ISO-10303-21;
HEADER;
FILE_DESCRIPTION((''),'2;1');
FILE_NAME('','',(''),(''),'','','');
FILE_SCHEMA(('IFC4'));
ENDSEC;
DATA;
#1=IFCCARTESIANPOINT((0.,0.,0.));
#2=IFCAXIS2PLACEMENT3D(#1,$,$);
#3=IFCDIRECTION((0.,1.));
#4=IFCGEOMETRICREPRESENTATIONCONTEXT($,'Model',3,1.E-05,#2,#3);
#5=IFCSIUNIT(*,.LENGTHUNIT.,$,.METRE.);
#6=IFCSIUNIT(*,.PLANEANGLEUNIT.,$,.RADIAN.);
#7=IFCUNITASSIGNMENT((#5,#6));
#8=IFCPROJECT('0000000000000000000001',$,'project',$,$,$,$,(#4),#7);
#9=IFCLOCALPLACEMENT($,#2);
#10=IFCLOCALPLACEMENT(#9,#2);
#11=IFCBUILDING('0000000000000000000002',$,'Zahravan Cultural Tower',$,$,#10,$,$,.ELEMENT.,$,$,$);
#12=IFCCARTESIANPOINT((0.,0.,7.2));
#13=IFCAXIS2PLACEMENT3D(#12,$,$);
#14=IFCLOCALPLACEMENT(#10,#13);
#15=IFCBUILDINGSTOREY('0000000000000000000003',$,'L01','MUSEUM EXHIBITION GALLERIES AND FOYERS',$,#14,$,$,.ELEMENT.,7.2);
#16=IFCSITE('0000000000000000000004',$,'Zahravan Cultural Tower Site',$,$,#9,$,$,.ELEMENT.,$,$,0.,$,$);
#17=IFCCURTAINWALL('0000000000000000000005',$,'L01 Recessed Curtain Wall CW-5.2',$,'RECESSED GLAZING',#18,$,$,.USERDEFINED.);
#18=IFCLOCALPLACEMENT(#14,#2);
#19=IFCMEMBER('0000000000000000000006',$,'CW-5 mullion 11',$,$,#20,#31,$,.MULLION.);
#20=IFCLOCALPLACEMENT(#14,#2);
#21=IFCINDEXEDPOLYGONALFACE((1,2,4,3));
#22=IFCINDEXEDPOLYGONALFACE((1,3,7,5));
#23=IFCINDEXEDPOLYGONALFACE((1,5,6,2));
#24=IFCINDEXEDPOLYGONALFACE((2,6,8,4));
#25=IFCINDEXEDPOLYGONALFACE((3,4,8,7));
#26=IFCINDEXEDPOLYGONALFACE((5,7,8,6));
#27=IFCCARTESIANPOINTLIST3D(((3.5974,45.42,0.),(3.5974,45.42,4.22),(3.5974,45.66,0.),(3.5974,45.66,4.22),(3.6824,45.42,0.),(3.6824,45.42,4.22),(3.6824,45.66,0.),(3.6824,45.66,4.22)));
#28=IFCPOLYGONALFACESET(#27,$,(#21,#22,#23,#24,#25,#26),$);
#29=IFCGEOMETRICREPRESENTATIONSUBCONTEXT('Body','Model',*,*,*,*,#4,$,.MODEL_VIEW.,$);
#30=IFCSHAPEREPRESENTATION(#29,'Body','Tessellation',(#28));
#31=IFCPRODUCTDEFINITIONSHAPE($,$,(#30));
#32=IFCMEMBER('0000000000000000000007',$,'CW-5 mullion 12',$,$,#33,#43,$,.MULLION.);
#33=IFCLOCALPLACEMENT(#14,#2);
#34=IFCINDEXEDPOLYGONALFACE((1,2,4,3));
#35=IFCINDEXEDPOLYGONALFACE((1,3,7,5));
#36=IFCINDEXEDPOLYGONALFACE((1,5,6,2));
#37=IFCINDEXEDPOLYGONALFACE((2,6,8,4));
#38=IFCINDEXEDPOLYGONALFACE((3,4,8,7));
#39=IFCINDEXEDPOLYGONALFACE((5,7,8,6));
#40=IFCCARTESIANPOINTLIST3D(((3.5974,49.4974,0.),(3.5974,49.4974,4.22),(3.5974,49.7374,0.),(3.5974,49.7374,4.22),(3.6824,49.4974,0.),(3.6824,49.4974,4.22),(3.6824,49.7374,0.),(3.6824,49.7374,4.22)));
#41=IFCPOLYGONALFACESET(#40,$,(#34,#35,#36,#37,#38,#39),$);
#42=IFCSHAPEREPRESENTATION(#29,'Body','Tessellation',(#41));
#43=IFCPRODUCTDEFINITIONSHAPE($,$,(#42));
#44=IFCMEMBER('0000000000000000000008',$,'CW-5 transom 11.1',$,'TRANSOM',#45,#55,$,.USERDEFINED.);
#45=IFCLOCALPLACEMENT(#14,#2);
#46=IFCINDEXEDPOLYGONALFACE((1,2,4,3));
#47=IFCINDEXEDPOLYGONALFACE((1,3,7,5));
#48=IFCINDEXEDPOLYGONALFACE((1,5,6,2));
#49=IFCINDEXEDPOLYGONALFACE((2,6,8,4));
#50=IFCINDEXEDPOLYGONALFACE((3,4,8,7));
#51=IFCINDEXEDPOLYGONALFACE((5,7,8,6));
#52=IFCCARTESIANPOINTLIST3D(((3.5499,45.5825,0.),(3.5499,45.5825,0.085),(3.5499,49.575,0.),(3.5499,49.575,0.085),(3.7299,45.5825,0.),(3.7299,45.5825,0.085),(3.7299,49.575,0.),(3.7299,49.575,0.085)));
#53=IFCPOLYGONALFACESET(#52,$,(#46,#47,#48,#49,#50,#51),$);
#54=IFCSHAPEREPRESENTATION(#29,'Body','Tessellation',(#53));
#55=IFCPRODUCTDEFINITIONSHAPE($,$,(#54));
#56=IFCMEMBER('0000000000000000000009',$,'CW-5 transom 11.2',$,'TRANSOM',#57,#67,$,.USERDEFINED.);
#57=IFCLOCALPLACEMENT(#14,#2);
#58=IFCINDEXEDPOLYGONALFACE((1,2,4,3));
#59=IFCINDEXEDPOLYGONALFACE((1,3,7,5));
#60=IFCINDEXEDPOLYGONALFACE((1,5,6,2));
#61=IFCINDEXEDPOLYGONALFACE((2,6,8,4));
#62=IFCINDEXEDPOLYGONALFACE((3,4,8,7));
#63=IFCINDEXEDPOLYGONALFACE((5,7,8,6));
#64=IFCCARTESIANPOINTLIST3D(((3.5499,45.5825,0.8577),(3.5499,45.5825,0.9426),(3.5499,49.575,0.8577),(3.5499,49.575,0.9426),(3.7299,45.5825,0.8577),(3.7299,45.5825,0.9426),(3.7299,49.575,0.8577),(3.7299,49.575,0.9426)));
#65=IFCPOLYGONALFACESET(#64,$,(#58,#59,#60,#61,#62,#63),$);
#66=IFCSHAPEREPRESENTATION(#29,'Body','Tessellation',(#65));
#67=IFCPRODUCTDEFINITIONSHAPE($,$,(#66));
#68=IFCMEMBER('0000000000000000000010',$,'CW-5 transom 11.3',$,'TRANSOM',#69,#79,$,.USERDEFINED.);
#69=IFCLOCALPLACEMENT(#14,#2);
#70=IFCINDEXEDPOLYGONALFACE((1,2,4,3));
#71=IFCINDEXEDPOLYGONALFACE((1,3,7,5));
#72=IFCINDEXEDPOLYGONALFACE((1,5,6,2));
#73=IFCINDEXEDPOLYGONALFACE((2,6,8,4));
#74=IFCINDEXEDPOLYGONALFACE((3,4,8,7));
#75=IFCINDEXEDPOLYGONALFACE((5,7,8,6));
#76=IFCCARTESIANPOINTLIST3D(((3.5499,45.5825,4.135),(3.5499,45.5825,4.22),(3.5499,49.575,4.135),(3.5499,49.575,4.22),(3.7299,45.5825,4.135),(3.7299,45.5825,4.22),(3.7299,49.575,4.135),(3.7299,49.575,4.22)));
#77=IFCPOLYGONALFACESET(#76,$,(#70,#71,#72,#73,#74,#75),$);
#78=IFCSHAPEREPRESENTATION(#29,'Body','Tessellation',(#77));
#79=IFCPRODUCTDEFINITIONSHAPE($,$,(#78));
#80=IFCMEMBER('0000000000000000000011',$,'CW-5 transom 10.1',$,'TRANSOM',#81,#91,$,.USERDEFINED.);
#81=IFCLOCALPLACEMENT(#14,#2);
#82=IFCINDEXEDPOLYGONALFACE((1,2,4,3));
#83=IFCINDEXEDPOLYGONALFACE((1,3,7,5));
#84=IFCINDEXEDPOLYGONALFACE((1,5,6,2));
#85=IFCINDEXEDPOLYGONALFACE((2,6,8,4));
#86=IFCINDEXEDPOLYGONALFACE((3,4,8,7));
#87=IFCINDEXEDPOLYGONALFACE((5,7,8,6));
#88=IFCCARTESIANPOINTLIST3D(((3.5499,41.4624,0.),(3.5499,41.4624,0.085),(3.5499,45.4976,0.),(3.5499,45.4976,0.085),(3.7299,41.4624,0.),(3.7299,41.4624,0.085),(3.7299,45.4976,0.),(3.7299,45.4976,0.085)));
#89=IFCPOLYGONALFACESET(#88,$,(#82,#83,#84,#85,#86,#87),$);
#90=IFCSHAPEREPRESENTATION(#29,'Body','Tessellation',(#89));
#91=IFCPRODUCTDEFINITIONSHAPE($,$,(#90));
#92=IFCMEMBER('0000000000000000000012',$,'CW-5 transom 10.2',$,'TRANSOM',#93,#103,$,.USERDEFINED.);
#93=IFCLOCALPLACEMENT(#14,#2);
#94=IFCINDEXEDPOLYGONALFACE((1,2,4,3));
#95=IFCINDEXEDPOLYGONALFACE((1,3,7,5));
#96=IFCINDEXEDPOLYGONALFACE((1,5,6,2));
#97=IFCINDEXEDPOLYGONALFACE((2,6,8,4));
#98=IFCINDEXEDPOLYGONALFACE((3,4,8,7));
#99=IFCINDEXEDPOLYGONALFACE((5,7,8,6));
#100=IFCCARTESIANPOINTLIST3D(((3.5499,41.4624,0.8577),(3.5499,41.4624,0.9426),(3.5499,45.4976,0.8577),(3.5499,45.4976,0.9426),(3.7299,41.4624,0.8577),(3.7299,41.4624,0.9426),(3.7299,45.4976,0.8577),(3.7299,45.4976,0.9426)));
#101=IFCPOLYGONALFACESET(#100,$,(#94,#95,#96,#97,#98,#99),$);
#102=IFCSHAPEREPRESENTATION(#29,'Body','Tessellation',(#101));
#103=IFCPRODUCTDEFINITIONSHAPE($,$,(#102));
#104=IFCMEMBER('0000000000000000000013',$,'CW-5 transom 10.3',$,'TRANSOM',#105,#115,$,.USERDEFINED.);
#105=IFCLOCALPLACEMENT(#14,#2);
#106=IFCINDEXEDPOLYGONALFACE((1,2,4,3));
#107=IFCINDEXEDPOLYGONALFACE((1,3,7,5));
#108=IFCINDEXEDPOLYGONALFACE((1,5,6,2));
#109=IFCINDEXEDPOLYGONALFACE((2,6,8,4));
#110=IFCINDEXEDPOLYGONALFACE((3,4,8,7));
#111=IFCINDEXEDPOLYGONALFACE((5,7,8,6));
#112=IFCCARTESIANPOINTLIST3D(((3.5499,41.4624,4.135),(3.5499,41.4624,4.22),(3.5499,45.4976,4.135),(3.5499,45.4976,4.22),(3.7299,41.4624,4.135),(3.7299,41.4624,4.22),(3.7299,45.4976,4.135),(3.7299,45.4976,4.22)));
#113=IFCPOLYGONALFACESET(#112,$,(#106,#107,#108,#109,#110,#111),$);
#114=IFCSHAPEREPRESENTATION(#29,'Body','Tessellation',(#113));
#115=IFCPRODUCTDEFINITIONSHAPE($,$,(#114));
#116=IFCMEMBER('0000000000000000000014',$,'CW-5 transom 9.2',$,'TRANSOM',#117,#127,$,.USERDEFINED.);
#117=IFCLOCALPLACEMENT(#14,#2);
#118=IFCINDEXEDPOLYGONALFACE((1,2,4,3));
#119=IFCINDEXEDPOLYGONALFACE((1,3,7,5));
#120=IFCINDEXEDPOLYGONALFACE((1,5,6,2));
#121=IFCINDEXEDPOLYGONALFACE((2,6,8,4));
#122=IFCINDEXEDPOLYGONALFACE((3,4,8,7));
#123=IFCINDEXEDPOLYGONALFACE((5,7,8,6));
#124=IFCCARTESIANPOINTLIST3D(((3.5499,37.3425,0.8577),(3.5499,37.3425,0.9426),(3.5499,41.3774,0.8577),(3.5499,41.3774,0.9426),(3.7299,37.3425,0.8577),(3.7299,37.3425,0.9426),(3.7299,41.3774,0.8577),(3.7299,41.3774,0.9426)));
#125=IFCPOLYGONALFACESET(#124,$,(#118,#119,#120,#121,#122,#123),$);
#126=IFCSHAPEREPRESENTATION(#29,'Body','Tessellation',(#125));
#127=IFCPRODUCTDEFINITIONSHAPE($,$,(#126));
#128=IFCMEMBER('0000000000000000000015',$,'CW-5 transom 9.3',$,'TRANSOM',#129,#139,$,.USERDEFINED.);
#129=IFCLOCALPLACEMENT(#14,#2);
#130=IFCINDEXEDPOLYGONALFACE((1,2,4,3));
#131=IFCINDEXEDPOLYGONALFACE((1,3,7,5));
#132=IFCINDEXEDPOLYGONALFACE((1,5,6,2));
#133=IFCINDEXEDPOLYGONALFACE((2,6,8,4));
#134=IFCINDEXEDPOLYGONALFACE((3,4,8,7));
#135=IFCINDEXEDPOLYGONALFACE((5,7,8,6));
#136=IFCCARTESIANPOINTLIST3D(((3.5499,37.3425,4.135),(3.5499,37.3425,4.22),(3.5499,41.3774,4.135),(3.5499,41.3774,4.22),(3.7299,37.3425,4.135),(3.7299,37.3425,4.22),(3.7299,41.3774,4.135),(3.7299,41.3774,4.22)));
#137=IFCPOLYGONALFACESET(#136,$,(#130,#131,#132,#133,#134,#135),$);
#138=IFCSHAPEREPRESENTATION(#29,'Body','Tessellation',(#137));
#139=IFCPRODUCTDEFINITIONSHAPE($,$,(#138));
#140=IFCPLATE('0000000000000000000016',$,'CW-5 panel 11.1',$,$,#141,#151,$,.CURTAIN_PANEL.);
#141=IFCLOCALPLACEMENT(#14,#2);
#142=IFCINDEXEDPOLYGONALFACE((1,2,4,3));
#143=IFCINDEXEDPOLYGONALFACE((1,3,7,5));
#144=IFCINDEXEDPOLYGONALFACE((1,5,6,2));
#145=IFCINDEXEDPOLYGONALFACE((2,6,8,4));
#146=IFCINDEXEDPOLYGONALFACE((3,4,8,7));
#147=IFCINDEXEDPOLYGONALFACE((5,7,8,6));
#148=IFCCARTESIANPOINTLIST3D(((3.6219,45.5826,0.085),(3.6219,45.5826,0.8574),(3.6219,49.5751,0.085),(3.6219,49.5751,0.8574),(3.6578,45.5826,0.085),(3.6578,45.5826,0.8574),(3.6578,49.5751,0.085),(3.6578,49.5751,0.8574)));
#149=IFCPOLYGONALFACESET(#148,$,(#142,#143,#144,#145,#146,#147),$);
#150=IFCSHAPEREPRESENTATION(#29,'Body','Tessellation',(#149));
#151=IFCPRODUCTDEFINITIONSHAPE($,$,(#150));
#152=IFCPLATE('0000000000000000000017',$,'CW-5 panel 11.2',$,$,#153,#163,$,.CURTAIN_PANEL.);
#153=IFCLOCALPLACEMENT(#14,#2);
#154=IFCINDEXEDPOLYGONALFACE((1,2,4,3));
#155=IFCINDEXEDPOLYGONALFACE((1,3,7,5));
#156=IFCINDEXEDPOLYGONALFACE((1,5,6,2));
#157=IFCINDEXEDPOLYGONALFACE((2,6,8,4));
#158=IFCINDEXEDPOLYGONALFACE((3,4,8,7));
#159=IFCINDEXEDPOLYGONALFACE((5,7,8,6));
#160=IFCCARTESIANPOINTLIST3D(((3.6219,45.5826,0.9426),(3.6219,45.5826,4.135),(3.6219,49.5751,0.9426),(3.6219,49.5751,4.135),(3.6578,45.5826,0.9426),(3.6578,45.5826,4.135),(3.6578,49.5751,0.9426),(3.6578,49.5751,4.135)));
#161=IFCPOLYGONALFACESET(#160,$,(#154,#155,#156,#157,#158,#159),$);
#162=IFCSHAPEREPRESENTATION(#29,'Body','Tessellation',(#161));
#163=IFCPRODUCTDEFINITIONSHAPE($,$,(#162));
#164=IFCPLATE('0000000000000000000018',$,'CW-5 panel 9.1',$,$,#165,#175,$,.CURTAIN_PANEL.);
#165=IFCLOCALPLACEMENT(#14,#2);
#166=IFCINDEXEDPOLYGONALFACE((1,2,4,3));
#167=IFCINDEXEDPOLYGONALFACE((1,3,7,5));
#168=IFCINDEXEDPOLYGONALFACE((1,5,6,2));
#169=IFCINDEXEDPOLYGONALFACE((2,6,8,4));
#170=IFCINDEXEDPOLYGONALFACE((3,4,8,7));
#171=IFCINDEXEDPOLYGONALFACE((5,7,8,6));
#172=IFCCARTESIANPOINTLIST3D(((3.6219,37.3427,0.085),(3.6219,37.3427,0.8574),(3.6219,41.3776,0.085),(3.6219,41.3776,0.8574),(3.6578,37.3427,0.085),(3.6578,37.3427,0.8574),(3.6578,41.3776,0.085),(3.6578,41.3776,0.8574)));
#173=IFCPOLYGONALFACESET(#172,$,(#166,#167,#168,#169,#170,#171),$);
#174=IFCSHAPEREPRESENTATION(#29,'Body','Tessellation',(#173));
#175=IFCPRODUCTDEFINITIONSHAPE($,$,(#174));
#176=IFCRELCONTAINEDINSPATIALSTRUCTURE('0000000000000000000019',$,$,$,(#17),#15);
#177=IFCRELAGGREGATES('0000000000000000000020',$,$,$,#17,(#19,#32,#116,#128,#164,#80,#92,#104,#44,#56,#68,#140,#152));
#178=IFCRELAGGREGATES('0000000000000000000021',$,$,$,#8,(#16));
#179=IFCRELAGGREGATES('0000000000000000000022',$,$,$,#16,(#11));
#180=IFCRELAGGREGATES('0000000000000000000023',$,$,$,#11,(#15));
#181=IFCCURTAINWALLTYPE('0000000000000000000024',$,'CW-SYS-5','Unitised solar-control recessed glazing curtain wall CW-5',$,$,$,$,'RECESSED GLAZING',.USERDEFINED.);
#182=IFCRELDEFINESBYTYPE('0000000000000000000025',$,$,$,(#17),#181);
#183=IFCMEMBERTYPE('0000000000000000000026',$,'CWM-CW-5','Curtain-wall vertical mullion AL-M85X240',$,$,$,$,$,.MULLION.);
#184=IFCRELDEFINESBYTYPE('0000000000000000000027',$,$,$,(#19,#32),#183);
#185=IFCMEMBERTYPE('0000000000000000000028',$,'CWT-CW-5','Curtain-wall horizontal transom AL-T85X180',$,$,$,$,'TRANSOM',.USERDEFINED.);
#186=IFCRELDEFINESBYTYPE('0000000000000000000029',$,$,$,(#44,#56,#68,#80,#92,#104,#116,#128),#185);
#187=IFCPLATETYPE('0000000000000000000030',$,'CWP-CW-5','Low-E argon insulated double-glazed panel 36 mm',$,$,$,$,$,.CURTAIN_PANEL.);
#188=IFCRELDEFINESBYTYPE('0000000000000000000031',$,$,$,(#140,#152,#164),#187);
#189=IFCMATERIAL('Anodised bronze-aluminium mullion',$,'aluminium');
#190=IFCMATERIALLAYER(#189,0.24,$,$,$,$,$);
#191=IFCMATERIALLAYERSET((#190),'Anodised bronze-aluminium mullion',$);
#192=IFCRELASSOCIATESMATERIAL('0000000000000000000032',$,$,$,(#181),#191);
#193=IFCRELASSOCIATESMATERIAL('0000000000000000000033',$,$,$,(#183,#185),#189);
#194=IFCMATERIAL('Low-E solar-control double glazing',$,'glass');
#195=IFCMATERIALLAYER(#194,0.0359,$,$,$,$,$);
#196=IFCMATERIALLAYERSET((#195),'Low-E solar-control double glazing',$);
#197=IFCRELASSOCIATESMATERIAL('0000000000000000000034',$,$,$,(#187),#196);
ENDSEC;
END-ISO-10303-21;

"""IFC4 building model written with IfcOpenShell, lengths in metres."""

from ifc_helpers import new_model, si_unit, direction, frame, origin, origin_2d, place, context, subcontext, project, spatial, rectangle, extrude, source, transform, mapped, material, layer, layer_set, material_profile, profile_set, type_object, element, aggregate, save


model = new_model("IFC4")

# Units and contexts
model_context = context("Model", 3, precision=1e-05, world=origin(), true_north=direction((0.0, 1.0)))
body_context = subcontext(model_context, "Body", "Model", "MODEL_VIEW")
ifc_project = project(units=[si_unit("LENGTHUNIT", "METRE"), si_unit("PLANEANGLEUNIT", "RADIAN")], contexts=[model_context])

# Site, building, storey
site_placement = place(None, origin())
site = spatial("IfcSite", under=ifc_project, at=site_placement, Name="Zahravan Cultural Tower Site", CompositionType="ELEMENT", RefElevation=0.0)
building_placement = place(site_placement, origin())
building = spatial("IfcBuilding", under=site, at=building_placement, Name="Zahravan Cultural Tower", CompositionType="ELEMENT")
storey_placement = place(building_placement, frame((0.0, 0.0, 7.2)))
storey = spatial("IfcBuildingStorey", under=building, at=storey_placement, Name="L01", Description="MUSEUM EXHIBITION GALLERIES AND FOYERS", CompositionType="ELEMENT", Elevation=7.2)

# Curtain wall, members, plates
ifc_material_1 = material(Name="Anodised bronze-aluminium mullion", Category="aluminium")
ifc_layer_1 = layer(ifc_material_1, 0.24)
ifc_layer_set_1 = layer_set([ifc_layer_1], Name="Anodised bronze-aluminium mullion")
curtain_wall_type = type_object("IfcCurtainWallType", Name="CW-SYS-5", Description="Unitised solar-control recessed glazing curtain wall CW-5", ElementType="RECESSED GLAZING", PredefinedType="USERDEFINED", material=ifc_layer_set_1)
curtain_wall_placement = place(storey_placement, origin())
curtain_wall = element("IfcCurtainWall", 1, at=curtain_wall_placement, inside=storey, type_object=curtain_wall_type, Name="L01 Recessed Curtain Wall CW-5.2", ObjectType="RECESSED GLAZING", PredefinedType="USERDEFINED")
ifc_material_profile_1 = material_profile(ifc_material_1, rectangle(XDim=0.085, YDim=0.24, at=origin_2d()), Name="AL-M85X240")
ifc_profile_set_1 = profile_set([ifc_material_profile_1], Name="Anodised bronze-aluminium mullion")
member_type_1 = type_object("IfcMemberType", Name="CWM-CW-5", Description="Curtain-wall vertical mullion AL-M85X240", PredefinedType="MULLION", material=ifc_profile_set_1)
shared_shape_1 = source(origin(), body_context, "Body", "SweptSolid", [
    extrude(rectangle(XDim=0.085, YDim=0.24, at=origin_2d()), origin(), (0.0, 0.0, 1.0), 4.22),
])
member_1_placement = place(storey_placement, frame((3.6399, 45.54, 0.0), z_axis=(0.0, 0.0, 1.0), x_axis=(-1.0, 0.0, 0.0)))
member_1 = element("IfcMember", 2, at=member_1_placement, type_object=member_type_1, Name="CW-5 mullion 11", PredefinedType="MULLION", context=body_context, shape_type="MappedRepresentation", body=[
    mapped(shared_shape_1, transform((0.0, 0.0, 0.0), x_axis=(1.0, 0.0, 0.0), y_axis=(0.0, 1.0, 0.0), z_axis=(0.0, 0.0, 1.0), scale=1.0)),
])
member_2_placement = place(storey_placement, frame((3.6399, 49.6174, 0.0), z_axis=(0.0, 0.0, 1.0), x_axis=(-1.0, 0.0, 0.0)))
member_2 = element("IfcMember", 3, at=member_2_placement, type_object=member_type_1, Name="CW-5 mullion 12", PredefinedType="MULLION", context=body_context, shape_type="MappedRepresentation", body=[
    mapped(shared_shape_1, transform((0.0, 0.0, 0.0), x_axis=(1.0, 0.0, 0.0), y_axis=(0.0, 1.0, 0.0), z_axis=(0.0, 0.0, 1.0), scale=1.0)),
])
ifc_material_profile_2 = material_profile(ifc_material_1, rectangle(XDim=0.1799, YDim=0.085, at=origin_2d()), Name="AL-T85X180")
ifc_profile_set_2 = profile_set([ifc_material_profile_2], Name="Anodised bronze-aluminium mullion")
member_type_2 = type_object("IfcMemberType", Name="CWT-CW-5", Description="Curtain-wall horizontal transom AL-T85X180", ElementType="TRANSOM", PredefinedType="USERDEFINED", material=ifc_profile_set_2)
shared_shape_2 = source(origin(), body_context, "Body", "SweptSolid", [
    extrude(rectangle(XDim=0.1799, YDim=0.085, at=origin_2d()), origin(), (0.0, 0.0, 1.0), 3.9924),
])
member_3_placement = place(storey_placement, frame((3.6399, 45.5825, 0.0425), z_axis=(0.0, 1.0, 0.0), x_axis=(-1.0, 0.0, 0.0)))
member_3 = element("IfcMember", 4, at=member_3_placement, type_object=member_type_2, Name="CW-5 transom 11.1", ObjectType="TRANSOM", PredefinedType="USERDEFINED", context=body_context, shape_type="MappedRepresentation", body=[
    mapped(shared_shape_2, transform((0.0, 0.0, 0.0), x_axis=(1.0, 0.0, 0.0), y_axis=(0.0, 1.0, 0.0), z_axis=(0.0, 0.0, 1.0), scale=1.0)),
])
member_4_placement = place(storey_placement, frame((3.6399, 45.5825, 0.9001), z_axis=(0.0, 1.0, 0.0), x_axis=(-1.0, 0.0, 0.0)))
member_4 = element("IfcMember", 5, at=member_4_placement, type_object=member_type_2, Name="CW-5 transom 11.2", ObjectType="TRANSOM", PredefinedType="USERDEFINED", context=body_context, shape_type="MappedRepresentation", body=[
    mapped(shared_shape_2, transform((0.0, 0.0, 0.0), x_axis=(1.0, 0.0, 0.0), y_axis=(0.0, 1.0, 0.0), z_axis=(0.0, 0.0, 1.0), scale=1.0)),
])
member_5_placement = place(storey_placement, frame((3.6399, 45.5825, 4.1775), z_axis=(0.0, 1.0, 0.0), x_axis=(-1.0, 0.0, 0.0)))
member_5 = element("IfcMember", 6, at=member_5_placement, type_object=member_type_2, Name="CW-5 transom 11.3", ObjectType="TRANSOM", PredefinedType="USERDEFINED", context=body_context, shape_type="MappedRepresentation", body=[
    mapped(shared_shape_2, transform((0.0, 0.0, 0.0), x_axis=(1.0, 0.0, 0.0), y_axis=(0.0, 1.0, 0.0), z_axis=(0.0, 0.0, 1.0), scale=1.0)),
])
shared_shape_3 = source(origin(), body_context, "Body", "SweptSolid", [
    extrude(rectangle(XDim=0.1799, YDim=0.085, at=origin_2d()), origin(), (0.0, 0.0, 1.0), 4.0352),
])
member_6_placement = place(storey_placement, frame((3.6399, 41.4624, 0.0425), z_axis=(0.0, 1.0, 0.0), x_axis=(-1.0, 0.0, 0.0)))
member_6 = element("IfcMember", 7, at=member_6_placement, type_object=member_type_2, Name="CW-5 transom 10.1", ObjectType="TRANSOM", PredefinedType="USERDEFINED", context=body_context, shape_type="MappedRepresentation", body=[
    mapped(shared_shape_3, transform((0.0, 0.0, 0.0), x_axis=(1.0, 0.0, 0.0), y_axis=(0.0, 1.0, 0.0), z_axis=(0.0, 0.0, 1.0), scale=1.0)),
])
member_7_placement = place(storey_placement, frame((3.6399, 41.4624, 0.9001), z_axis=(0.0, 1.0, 0.0), x_axis=(-1.0, 0.0, 0.0)))
member_7 = element("IfcMember", 8, at=member_7_placement, type_object=member_type_2, Name="CW-5 transom 10.2", ObjectType="TRANSOM", PredefinedType="USERDEFINED", context=body_context, shape_type="MappedRepresentation", body=[
    mapped(shared_shape_3, transform((0.0, 0.0, 0.0), x_axis=(1.0, 0.0, 0.0), y_axis=(0.0, 1.0, 0.0), z_axis=(0.0, 0.0, 1.0), scale=1.0)),
])
member_8_placement = place(storey_placement, frame((3.6399, 41.4624, 4.1775), z_axis=(0.0, 1.0, 0.0), x_axis=(-1.0, 0.0, 0.0)))
member_8 = element("IfcMember", 9, at=member_8_placement, type_object=member_type_2, Name="CW-5 transom 10.3", ObjectType="TRANSOM", PredefinedType="USERDEFINED", context=body_context, shape_type="MappedRepresentation", body=[
    mapped(shared_shape_3, transform((0.0, 0.0, 0.0), x_axis=(1.0, 0.0, 0.0), y_axis=(0.0, 1.0, 0.0), z_axis=(0.0, 0.0, 1.0), scale=1.0)),
])
shared_shape_4 = source(origin(), body_context, "Body", "SweptSolid", [
    extrude(rectangle(XDim=0.1799, YDim=0.085, at=origin_2d()), origin(), (0.0, 0.0, 1.0), 4.0349),
])
member_9_placement = place(storey_placement, frame((3.6399, 37.3425, 0.9001), z_axis=(0.0, 1.0, 0.0), x_axis=(-1.0, 0.0, 0.0)))
member_9 = element("IfcMember", 10, at=member_9_placement, type_object=member_type_2, Name="CW-5 transom 9.2", ObjectType="TRANSOM", PredefinedType="USERDEFINED", context=body_context, shape_type="MappedRepresentation", body=[
    mapped(shared_shape_4, transform((0.0, 0.0, 0.0), x_axis=(1.0, 0.0, 0.0), y_axis=(0.0, 1.0, 0.0), z_axis=(0.0, 0.0, 1.0), scale=1.0)),
])
member_10_placement = place(storey_placement, frame((3.6399, 37.3425, 4.1775), z_axis=(0.0, 1.0, 0.0), x_axis=(-1.0, 0.0, 0.0)))
member_10 = element("IfcMember", 11, at=member_10_placement, type_object=member_type_2, Name="CW-5 transom 9.3", ObjectType="TRANSOM", PredefinedType="USERDEFINED", context=body_context, shape_type="MappedRepresentation", body=[
    mapped(shared_shape_4, transform((0.0, 0.0, 0.0), x_axis=(1.0, 0.0, 0.0), y_axis=(0.0, 1.0, 0.0), z_axis=(0.0, 0.0, 1.0), scale=1.0)),
])
ifc_material_2 = material(Name="Low-E solar-control double glazing", Category="glass")
ifc_layer_2 = layer(ifc_material_2, 0.0359)
ifc_layer_set_2 = layer_set([ifc_layer_2], Name="Low-E solar-control double glazing")
plate_type = type_object("IfcPlateType", Name="CWP-CW-5", Description="Low-E argon insulated double-glazed panel 36 mm", PredefinedType="CURTAIN_PANEL", material=ifc_layer_set_2)
shared_shape_5 = source(origin(), body_context, "Body", "SweptSolid", [
    extrude(rectangle(XDim=3.9924, YDim=0.0359, at=origin_2d()), origin(), (0.0, 0.0, 1.0), 0.7725),
])
plate_1_placement = place(storey_placement, frame((3.6399, 47.5789, 0.085), z_axis=(0.0, 0.0, 1.0), x_axis=(0.0, 1.0, 0.0)))
plate_1 = element("IfcPlate", 12, at=plate_1_placement, type_object=plate_type, Name="CW-5 panel 11.1", PredefinedType="CURTAIN_PANEL", context=body_context, shape_type="MappedRepresentation", body=[
    mapped(shared_shape_5, transform((0.0, 0.0, 0.0), x_axis=(1.0, 0.0, 0.0), y_axis=(0.0, 1.0, 0.0), z_axis=(0.0, 0.0, 1.0), scale=1.0)),
])
shared_shape_6 = source(origin(), body_context, "Body", "SweptSolid", [
    extrude(rectangle(XDim=3.9924, YDim=0.0359, at=origin_2d()), origin(), (0.0, 0.0, 1.0), 3.1924),
])
plate_2_placement = place(storey_placement, frame((3.6399, 47.5789, 0.9426), z_axis=(0.0, 0.0, 1.0), x_axis=(0.0, 1.0, 0.0)))
plate_2 = element("IfcPlate", 13, at=plate_2_placement, type_object=plate_type, Name="CW-5 panel 11.2", PredefinedType="CURTAIN_PANEL", context=body_context, shape_type="MappedRepresentation", body=[
    mapped(shared_shape_6, transform((0.0, 0.0, 0.0), x_axis=(1.0, 0.0, 0.0), y_axis=(0.0, 1.0, 0.0), z_axis=(0.0, 0.0, 1.0), scale=1.0)),
])
shared_shape_7 = source(origin(), body_context, "Body", "SweptSolid", [
    extrude(rectangle(XDim=4.0349, YDim=0.0359, at=origin_2d()), origin(), (0.0, 0.0, 1.0), 0.7725),
])
plate_3_placement = place(storey_placement, frame((3.6399, 39.3601, 0.085), z_axis=(0.0, 0.0, 1.0), x_axis=(0.0, 1.0, 0.0)))
plate_3 = element("IfcPlate", 14, at=plate_3_placement, type_object=plate_type, Name="CW-5 panel 9.1", PredefinedType="CURTAIN_PANEL", context=body_context, shape_type="MappedRepresentation", body=[
    mapped(shared_shape_7, transform((0.0, 0.0, 0.0), x_axis=(1.0, 0.0, 0.0), y_axis=(0.0, 1.0, 0.0), z_axis=(0.0, 0.0, 1.0), scale=1.0)),
])
aggregate(curtain_wall, [member_1, member_2, member_9, member_10, plate_3, member_6, member_7, member_8, member_3, member_4, member_5, plate_1, plate_2])

save(model, "model.ifc")
